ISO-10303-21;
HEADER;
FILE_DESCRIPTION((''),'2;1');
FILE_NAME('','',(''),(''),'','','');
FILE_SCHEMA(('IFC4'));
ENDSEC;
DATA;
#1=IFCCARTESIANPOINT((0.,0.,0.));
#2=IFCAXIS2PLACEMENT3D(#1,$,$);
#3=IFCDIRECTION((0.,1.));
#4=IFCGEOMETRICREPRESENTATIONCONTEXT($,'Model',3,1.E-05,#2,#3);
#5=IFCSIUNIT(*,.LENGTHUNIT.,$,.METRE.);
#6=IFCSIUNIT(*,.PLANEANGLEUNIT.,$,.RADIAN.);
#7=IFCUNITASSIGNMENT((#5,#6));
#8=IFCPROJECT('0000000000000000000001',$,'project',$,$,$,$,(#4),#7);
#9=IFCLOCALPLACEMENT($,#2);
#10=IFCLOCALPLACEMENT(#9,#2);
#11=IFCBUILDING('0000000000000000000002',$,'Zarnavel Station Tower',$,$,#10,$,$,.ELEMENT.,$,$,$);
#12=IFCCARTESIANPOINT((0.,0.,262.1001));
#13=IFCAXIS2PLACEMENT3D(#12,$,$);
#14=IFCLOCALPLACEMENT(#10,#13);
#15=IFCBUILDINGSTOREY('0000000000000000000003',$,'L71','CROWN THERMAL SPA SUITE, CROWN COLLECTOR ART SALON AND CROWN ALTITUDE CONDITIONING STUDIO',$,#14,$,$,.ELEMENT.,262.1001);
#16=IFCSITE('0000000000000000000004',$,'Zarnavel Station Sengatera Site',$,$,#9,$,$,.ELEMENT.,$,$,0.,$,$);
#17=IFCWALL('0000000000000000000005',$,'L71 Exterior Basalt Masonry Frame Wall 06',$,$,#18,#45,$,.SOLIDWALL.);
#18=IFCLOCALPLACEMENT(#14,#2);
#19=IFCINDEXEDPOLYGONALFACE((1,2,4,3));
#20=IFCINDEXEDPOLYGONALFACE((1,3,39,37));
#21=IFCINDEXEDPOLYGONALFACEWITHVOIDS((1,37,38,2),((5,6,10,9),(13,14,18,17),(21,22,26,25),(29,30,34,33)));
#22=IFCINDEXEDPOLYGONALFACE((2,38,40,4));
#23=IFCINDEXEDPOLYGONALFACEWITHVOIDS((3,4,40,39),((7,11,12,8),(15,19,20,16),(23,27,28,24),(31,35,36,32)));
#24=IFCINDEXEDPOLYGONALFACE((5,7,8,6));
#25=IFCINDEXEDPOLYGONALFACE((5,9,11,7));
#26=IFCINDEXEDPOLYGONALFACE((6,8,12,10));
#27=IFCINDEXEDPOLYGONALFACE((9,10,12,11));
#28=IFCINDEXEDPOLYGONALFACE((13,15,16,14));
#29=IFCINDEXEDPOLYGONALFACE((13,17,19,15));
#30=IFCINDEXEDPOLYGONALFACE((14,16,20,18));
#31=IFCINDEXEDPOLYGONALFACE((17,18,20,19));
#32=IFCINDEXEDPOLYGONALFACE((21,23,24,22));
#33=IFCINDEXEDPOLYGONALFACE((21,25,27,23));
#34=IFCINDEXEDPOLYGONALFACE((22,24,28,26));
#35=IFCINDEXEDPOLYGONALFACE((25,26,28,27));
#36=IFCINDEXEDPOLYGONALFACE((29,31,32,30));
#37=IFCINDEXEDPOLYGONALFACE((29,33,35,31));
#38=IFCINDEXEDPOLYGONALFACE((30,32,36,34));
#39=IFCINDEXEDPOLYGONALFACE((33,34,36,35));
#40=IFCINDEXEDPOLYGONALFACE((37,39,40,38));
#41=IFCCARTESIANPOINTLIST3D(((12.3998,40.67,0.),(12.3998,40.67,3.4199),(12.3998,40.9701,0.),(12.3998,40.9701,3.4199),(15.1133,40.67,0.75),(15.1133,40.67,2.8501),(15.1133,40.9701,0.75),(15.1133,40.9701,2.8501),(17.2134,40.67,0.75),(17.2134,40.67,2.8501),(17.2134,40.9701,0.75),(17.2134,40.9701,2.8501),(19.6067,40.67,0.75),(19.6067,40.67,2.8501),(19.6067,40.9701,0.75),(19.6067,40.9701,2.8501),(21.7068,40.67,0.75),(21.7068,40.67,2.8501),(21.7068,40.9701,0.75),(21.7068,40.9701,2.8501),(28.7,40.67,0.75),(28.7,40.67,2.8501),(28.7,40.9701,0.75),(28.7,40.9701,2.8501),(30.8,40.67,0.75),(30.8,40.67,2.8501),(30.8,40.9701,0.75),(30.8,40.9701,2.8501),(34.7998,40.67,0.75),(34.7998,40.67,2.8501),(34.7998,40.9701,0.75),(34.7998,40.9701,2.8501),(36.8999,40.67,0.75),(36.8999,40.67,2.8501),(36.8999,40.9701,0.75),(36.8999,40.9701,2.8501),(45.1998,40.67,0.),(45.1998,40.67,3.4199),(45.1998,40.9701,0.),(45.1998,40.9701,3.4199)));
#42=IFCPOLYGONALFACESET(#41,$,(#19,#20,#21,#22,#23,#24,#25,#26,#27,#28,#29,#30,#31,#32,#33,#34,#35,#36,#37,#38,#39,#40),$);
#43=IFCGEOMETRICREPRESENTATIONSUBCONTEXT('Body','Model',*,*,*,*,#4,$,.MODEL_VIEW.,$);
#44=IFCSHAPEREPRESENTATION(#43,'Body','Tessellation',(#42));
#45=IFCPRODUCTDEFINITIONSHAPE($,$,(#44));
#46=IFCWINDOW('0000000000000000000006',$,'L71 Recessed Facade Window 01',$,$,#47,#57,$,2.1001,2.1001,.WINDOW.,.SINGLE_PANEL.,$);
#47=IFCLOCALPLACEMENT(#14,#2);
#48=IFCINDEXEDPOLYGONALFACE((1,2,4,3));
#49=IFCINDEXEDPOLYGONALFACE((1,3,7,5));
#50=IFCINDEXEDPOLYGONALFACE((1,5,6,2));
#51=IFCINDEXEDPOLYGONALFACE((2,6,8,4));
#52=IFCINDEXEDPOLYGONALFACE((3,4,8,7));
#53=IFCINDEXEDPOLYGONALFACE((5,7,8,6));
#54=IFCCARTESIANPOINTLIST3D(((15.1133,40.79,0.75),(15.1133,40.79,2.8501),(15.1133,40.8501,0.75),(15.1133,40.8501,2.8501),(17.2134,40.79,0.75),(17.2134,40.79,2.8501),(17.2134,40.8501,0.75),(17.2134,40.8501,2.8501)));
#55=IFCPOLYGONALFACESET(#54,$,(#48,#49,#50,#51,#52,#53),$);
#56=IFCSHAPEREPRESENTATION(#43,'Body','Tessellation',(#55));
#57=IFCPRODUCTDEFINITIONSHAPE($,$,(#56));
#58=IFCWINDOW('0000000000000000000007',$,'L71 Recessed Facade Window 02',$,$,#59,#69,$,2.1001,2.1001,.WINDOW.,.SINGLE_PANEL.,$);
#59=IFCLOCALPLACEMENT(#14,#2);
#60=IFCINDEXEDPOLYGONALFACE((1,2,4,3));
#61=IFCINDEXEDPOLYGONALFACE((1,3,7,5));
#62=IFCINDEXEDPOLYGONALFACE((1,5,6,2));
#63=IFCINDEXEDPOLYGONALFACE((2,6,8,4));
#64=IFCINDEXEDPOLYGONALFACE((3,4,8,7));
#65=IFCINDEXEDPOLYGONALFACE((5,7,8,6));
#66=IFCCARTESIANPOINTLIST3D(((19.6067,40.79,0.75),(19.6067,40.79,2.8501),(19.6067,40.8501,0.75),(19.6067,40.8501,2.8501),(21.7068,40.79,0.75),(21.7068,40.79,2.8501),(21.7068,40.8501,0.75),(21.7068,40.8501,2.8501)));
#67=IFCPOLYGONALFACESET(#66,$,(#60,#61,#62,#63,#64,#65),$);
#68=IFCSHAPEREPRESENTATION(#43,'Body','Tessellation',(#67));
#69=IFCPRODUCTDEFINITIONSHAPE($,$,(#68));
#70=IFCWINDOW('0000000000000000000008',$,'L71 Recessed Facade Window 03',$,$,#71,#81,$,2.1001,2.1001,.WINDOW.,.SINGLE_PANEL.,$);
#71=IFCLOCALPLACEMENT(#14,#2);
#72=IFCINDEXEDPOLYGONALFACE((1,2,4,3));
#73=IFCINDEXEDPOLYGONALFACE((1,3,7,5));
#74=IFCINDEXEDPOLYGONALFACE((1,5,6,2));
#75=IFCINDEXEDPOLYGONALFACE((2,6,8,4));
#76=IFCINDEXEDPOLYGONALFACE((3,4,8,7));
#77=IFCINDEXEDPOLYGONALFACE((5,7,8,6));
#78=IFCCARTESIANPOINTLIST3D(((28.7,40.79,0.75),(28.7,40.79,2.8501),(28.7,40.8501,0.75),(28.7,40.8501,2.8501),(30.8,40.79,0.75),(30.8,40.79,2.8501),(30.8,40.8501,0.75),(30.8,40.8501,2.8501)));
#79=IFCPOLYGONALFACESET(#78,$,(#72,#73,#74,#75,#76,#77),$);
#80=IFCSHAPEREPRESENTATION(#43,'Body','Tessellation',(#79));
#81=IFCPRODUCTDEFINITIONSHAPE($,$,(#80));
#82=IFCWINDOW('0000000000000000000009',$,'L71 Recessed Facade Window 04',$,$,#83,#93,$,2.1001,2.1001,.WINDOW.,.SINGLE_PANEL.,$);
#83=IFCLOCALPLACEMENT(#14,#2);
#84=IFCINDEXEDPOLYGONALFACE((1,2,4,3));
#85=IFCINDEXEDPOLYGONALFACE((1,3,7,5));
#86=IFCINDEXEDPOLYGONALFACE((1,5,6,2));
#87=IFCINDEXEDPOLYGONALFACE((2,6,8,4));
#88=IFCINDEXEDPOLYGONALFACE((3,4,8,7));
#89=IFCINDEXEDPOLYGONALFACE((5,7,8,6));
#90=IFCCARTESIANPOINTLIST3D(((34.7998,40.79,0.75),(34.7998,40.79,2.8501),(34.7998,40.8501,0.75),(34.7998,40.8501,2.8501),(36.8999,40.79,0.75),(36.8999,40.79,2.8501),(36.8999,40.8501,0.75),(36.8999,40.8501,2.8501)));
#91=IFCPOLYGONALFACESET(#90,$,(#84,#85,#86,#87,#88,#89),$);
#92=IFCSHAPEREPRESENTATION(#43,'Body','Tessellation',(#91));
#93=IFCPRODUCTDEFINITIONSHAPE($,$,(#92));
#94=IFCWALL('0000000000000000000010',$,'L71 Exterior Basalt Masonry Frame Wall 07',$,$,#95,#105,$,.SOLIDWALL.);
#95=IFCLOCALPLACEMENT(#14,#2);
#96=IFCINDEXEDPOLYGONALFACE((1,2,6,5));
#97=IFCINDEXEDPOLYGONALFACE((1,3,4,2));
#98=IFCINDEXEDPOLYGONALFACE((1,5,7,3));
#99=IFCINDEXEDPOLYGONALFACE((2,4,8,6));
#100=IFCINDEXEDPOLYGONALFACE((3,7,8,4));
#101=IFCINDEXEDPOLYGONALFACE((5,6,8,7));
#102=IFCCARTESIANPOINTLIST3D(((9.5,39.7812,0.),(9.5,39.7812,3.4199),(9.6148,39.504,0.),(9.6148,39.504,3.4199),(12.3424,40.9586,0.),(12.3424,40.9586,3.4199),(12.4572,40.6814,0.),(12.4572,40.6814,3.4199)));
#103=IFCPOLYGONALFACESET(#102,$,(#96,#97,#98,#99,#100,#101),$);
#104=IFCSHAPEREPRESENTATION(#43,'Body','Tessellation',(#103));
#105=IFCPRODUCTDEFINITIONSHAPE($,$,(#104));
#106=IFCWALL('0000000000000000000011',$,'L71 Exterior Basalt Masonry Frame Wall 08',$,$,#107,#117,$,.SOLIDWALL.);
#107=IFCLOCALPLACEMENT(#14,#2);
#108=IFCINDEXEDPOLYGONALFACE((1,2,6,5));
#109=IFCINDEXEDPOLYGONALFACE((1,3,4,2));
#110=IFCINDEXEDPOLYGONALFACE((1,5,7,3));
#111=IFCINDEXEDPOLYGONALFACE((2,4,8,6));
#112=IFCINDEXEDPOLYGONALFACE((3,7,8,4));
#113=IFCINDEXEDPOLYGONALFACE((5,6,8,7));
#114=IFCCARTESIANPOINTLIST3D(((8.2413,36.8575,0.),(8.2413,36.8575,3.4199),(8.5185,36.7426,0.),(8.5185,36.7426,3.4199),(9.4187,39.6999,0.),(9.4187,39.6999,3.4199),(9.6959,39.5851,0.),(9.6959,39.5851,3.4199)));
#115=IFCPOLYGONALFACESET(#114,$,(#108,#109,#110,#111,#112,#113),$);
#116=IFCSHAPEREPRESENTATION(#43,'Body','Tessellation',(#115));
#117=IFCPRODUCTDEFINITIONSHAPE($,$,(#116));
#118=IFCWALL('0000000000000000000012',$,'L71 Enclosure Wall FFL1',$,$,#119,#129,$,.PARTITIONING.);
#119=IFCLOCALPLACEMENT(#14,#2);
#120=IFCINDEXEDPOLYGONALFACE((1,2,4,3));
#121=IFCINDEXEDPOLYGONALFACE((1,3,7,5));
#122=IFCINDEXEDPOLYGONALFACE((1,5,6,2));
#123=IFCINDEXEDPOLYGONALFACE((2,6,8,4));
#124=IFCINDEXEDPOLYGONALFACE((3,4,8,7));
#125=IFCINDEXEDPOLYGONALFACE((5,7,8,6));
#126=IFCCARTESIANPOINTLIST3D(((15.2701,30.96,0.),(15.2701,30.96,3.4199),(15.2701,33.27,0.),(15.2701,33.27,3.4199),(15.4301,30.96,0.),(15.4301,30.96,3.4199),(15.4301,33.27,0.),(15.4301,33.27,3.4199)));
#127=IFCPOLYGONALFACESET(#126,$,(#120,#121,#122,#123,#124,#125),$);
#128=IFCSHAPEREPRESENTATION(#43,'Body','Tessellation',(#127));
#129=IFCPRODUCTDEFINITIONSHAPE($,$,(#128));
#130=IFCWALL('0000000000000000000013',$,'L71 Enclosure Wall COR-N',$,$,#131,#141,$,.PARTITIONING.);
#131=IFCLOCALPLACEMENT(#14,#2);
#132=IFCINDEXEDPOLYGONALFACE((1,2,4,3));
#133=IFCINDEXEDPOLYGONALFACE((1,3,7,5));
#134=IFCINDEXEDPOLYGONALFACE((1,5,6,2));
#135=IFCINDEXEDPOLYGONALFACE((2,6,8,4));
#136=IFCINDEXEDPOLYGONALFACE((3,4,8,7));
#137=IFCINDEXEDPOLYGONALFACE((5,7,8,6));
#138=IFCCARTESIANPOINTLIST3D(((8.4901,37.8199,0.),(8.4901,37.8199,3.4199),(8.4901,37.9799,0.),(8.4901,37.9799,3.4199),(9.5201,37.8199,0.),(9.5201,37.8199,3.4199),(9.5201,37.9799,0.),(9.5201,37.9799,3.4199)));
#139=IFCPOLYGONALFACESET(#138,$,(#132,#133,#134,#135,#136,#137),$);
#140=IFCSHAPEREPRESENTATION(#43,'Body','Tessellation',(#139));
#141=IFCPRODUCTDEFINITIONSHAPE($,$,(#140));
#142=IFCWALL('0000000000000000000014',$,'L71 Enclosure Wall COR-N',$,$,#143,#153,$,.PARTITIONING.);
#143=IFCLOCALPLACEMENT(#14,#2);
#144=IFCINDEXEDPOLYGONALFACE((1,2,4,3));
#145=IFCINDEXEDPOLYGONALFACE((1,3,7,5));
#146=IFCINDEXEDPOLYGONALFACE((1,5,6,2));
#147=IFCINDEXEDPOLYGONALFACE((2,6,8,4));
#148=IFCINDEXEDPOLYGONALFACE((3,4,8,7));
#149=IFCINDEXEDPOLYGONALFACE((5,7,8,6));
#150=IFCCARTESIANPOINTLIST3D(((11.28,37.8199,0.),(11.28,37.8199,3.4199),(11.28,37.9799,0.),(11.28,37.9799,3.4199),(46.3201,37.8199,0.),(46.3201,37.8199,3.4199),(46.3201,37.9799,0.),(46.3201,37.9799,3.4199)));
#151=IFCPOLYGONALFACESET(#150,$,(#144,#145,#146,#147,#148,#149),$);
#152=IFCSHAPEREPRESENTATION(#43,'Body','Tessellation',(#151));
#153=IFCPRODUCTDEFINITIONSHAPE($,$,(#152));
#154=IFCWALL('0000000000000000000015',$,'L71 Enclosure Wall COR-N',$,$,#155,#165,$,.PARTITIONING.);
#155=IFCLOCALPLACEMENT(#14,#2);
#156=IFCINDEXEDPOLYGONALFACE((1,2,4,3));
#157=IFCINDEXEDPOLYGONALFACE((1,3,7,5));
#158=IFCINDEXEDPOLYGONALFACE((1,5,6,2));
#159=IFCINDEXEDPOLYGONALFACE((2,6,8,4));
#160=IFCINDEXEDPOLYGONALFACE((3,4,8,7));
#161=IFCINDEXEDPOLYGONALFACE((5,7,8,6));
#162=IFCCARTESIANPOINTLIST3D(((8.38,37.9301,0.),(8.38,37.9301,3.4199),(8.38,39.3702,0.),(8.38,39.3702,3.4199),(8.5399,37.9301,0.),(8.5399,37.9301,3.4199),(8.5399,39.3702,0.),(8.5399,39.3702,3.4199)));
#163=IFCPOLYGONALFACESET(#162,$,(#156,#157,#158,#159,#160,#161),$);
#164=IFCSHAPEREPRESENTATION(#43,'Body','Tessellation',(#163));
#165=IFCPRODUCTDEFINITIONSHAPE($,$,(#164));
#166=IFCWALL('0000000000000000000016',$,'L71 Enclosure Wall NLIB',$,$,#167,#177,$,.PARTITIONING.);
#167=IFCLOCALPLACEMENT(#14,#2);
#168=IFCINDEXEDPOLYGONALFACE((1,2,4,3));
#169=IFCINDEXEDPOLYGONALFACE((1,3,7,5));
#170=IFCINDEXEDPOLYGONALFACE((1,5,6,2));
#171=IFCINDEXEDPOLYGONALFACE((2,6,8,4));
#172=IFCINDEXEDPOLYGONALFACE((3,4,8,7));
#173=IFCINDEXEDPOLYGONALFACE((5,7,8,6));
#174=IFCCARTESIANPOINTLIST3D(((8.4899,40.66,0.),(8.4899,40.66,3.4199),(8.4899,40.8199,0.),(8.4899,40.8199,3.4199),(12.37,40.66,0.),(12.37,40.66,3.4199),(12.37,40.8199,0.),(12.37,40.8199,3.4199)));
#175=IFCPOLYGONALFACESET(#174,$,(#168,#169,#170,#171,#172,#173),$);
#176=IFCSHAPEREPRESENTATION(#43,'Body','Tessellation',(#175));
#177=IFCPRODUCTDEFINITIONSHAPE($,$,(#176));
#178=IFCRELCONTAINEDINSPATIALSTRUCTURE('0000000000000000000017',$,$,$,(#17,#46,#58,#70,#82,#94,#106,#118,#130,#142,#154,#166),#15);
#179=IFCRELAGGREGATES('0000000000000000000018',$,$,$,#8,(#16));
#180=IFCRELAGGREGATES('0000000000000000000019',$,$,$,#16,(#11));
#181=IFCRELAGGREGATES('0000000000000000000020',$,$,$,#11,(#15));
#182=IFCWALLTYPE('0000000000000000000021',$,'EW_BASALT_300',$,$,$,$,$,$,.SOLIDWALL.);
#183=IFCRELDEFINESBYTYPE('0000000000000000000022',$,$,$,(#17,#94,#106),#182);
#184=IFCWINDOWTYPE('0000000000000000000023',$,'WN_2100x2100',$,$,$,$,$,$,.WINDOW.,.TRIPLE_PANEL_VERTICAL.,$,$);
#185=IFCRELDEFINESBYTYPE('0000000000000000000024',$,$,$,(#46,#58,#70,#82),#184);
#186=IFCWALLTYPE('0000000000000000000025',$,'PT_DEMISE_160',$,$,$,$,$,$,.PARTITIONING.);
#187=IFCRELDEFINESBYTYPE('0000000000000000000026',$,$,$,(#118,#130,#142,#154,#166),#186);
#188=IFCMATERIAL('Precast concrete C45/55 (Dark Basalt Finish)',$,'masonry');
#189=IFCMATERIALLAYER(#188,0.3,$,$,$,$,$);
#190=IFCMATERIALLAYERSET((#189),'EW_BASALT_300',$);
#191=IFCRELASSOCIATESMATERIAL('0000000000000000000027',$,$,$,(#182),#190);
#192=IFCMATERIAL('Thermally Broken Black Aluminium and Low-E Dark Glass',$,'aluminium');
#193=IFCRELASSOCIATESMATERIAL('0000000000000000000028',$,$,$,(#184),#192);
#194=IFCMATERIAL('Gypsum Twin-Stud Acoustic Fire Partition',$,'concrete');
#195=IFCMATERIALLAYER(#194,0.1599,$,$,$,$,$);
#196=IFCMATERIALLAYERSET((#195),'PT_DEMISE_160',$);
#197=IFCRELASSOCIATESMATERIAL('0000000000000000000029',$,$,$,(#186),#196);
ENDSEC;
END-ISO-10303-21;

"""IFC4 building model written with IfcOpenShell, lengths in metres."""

from ifc_helpers import new_model, si_unit, direction, frame, frame_2d, origin, place, context, subcontext, project, spatial, rectangle, extrude, material, layer, layer_set, type_object, element, fill, save


model = new_model("IFC4")

# Units and contexts
model_context = context("Model", 3, precision=1e-05, world=origin(), true_north=direction((0.0, 1.0)))
body_context = subcontext(model_context, "Body", "Model", "MODEL_VIEW")
ifc_project = project(units=[si_unit("LENGTHUNIT", "METRE"), si_unit("PLANEANGLEUNIT", "RADIAN")], contexts=[model_context])

# Site, building, storey
site_placement = place(None, origin())
site = spatial("IfcSite", under=ifc_project, at=site_placement, Name="Zarnavel Station Sengatera Site", CompositionType="ELEMENT", RefElevation=0.0)
building_placement = place(site_placement, origin())
building = spatial("IfcBuilding", under=site, at=building_placement, Name="Zarnavel Station Tower", CompositionType="ELEMENT")
storey_placement = place(building_placement, frame((0.0, 0.0, 262.1001)))
storey = spatial("IfcBuildingStorey", under=building, at=storey_placement, Name="L71", Description="CROWN THERMAL SPA SUITE, CROWN COLLECTOR ART SALON AND CROWN ALTITUDE CONDITIONING STUDIO", CompositionType="ELEMENT", Elevation=262.1001)

# Wall, openings, windows
ifc_material_1 = material(Name="Precast concrete C45/55 (Dark Basalt Finish)", Category="masonry")
ifc_layer_1 = layer(ifc_material_1, 0.3)
ifc_layer_set_1 = layer_set([ifc_layer_1], Name="EW_BASALT_300")
wall_type_1 = type_object("IfcWallType", Name="EW_BASALT_300", PredefinedType="SOLIDWALL", material=ifc_layer_set_1)
wall_1_placement = place(storey_placement, frame((12.3999, 40.8201, 0.0), z_axis=(0.0, 0.0, 1.0), x_axis=(1.0, 0.0, 0.0)))
wall_1 = element("IfcWall", 1, at=wall_1_placement, inside=storey, type_object=wall_type_1, Name="L71 Exterior Basalt Masonry Frame Wall 06", PredefinedType="SOLIDWALL", context=body_context, shape_type="SweptSolid", body=[
    extrude(rectangle(XDim=32.8, YDim=0.3, at=frame_2d((16.3999, 0.0))), origin(), (0.0, 0.0, 1.0), 3.4199),
])
opening_1_placement = place(wall_1_placement, frame((2.7134, 0.0, 0.75)))
opening_1 = element("IfcOpeningElement", 2, at=opening_1_placement, cuts=wall_1, PredefinedType="OPENING", context=body_context, shape_type="SweptSolid", body=[
    extrude(rectangle(XDim=2.1001, YDim=2.1001, at=frame_2d((1.05, 1.05))), frame((0.0, 0.1599, 0.0), z_axis=(0.0, -1.0, 0.0), x_axis=(1.0, 0.0, 0.0)), (0.0, 0.0, 1.0), 0.3201),
])
opening_2_placement = place(wall_1_placement, frame((7.2068, 0.0, 0.75)))
opening_2 = element("IfcOpeningElement", 3, at=opening_2_placement, cuts=wall_1, PredefinedType="OPENING", context=body_context, shape_type="SweptSolid", body=[
    extrude(rectangle(XDim=2.1001, YDim=2.1001, at=frame_2d((1.05, 1.05))), frame((0.0, 0.1599, 0.0), z_axis=(0.0, -1.0, 0.0), x_axis=(1.0, 0.0, 0.0)), (0.0, 0.0, 1.0), 0.3201),
])
opening_3_placement = place(wall_1_placement, frame((16.3, 0.0, 0.75)))
opening_3 = element("IfcOpeningElement", 4, at=opening_3_placement, cuts=wall_1, PredefinedType="OPENING", context=body_context, shape_type="SweptSolid", body=[
    extrude(rectangle(XDim=2.1001, YDim=2.1001, at=frame_2d((1.05, 1.05))), frame((0.0, 0.1599, 0.0), z_axis=(0.0, -1.0, 0.0), x_axis=(1.0, 0.0, 0.0)), (0.0, 0.0, 1.0), 0.3201),
])
opening_4_placement = place(wall_1_placement, frame((22.3999, 0.0, 0.75)))
opening_4 = element("IfcOpeningElement", 5, at=opening_4_placement, cuts=wall_1, PredefinedType="OPENING", context=body_context, shape_type="SweptSolid", body=[
    extrude(rectangle(XDim=2.1001, YDim=2.1001, at=frame_2d((1.05, 1.05))), frame((0.0, 0.1599, 0.0), z_axis=(0.0, -1.0, 0.0), x_axis=(1.0, 0.0, 0.0)), (0.0, 0.0, 1.0), 0.3201),
])
ifc_material_2 = material(Name="Thermally Broken Black Aluminium and Low-E Dark Glass", Category="aluminium")
window_type = type_object("IfcWindowType", Name="WN_2100x2100", PartitioningType="TRIPLE_PANEL_VERTICAL", PredefinedType="WINDOW", material=ifc_material_2)
window_1_placement = place(opening_1_placement, origin())
window_1 = element("IfcWindow", 6, at=window_1_placement, inside=storey, type_object=window_type, Name="L71 Recessed Facade Window 01", OverallHeight=2.1001, OverallWidth=2.1001, PartitioningType="SINGLE_PANEL", PredefinedType="WINDOW", context=body_context, shape_type="SweptSolid", body=[
    extrude(rectangle(XDim=2.1001, YDim=2.1001, at=frame_2d((1.05, 1.05))), frame((0.0, 0.03, 0.0), z_axis=(0.0, -1.0, 0.0), x_axis=(1.0, 0.0, 0.0)), (0.0, 0.0, 1.0), 0.0601),
])
fill(opening_1, window_1)
window_2_placement = place(opening_2_placement, origin())
window_2 = element("IfcWindow", 7, at=window_2_placement, inside=storey, type_object=window_type, Name="L71 Recessed Facade Window 02", OverallHeight=2.1001, OverallWidth=2.1001, PartitioningType="SINGLE_PANEL", PredefinedType="WINDOW", context=body_context, shape_type="SweptSolid", body=[
    extrude(rectangle(XDim=2.1001, YDim=2.1001, at=frame_2d((1.05, 1.05))), frame((0.0, 0.03, 0.0), z_axis=(0.0, -1.0, 0.0), x_axis=(1.0, 0.0, 0.0)), (0.0, 0.0, 1.0), 0.0601),
])
fill(opening_2, window_2)
window_3_placement = place(opening_3_placement, origin())
window_3 = element("IfcWindow", 8, at=window_3_placement, inside=storey, type_object=window_type, Name="L71 Recessed Facade Window 03", OverallHeight=2.1001, OverallWidth=2.1001, PartitioningType="SINGLE_PANEL", PredefinedType="WINDOW", context=body_context, shape_type="SweptSolid", body=[
    extrude(rectangle(XDim=2.1001, YDim=2.1001, at=frame_2d((1.05, 1.05))), frame((0.0, 0.03, 0.0), z_axis=(0.0, -1.0, 0.0), x_axis=(1.0, 0.0, 0.0)), (0.0, 0.0, 1.0), 0.0601),
])
fill(opening_3, window_3)
window_4_placement = place(opening_4_placement, origin())
window_4 = element("IfcWindow", 9, at=window_4_placement, inside=storey, type_object=window_type, Name="L71 Recessed Facade Window 04", OverallHeight=2.1001, OverallWidth=2.1001, PartitioningType="SINGLE_PANEL", PredefinedType="WINDOW", context=body_context, shape_type="SweptSolid", body=[
    extrude(rectangle(XDim=2.1001, YDim=2.1001, at=frame_2d((1.05, 1.05))), frame((0.0, 0.03, 0.0), z_axis=(0.0, -1.0, 0.0), x_axis=(1.0, 0.0, 0.0)), (0.0, 0.0, 1.0), 0.0601),
])
fill(opening_4, window_4)

# Walls
for number, where, z_axis, x_axis, name in (
    (10, (9.5574, 39.6426, 0.0), (0.0, 0.0, 1.0), (0.923871, 0.382705, 0.0), "L71 Exterior Basalt Masonry Frame Wall 07"),
    (11, (8.3799, 36.8, 0.0), (0.0, 0.0, 1.0), (0.382705, 0.923871, 0.0), "L71 Exterior Basalt Masonry Frame Wall 08"),
):
    element("IfcWall", number, at=place(storey_placement, frame(where, z_axis=z_axis, x_axis=x_axis)), inside=storey, type_object=wall_type_1, Name=name, PredefinedType="SOLIDWALL", context=body_context, shape_type="SweptSolid", body=[
        extrude(rectangle(XDim=3.0767, YDim=0.3, at=frame_2d((1.5383, 0.0))), origin(), (0.0, 0.0, 1.0), 3.4199),
    ])
ifc_material_3 = material(Name="Gypsum Twin-Stud Acoustic Fire Partition", Category="concrete")
ifc_layer_2 = layer(ifc_material_3, 0.1599)
ifc_layer_set_2 = layer_set([ifc_layer_2], Name="PT_DEMISE_160")
wall_type_2 = type_object("IfcWallType", Name="PT_DEMISE_160", PredefinedType="PARTITIONING", material=ifc_layer_set_2)
wall_2_placement = place(storey_placement, frame((15.3501, 30.96, 0.0), z_axis=(0.0, 0.0, 1.0), x_axis=(0.0, 1.0, 0.0)))
element("IfcWall", 12, at=wall_2_placement, inside=storey, type_object=wall_type_2, Name="L71 Enclosure Wall FFL1", PredefinedType="PARTITIONING", context=body_context, shape_type="SweptSolid", body=[
    extrude(rectangle(XDim=2.3101, YDim=0.1599, at=frame_2d((1.155, 0.0))), origin(), (0.0, 0.0, 1.0), 3.4199),
])
wall_3_placement = place(storey_placement, frame((8.49, 37.8999, 0.0), z_axis=(0.0, 0.0, 1.0), x_axis=(1.0, 0.0, 0.0)))
element("IfcWall", 13, at=wall_3_placement, inside=storey, type_object=wall_type_2, Name="L71 Enclosure Wall COR-N", PredefinedType="PARTITIONING", context=body_context, shape_type="SweptSolid", body=[
    extrude(rectangle(XDim=1.03, YDim=0.1599, at=frame_2d((0.5151, 0.0))), origin(), (0.0, 0.0, 1.0), 3.4199),
])
wall_4_placement = place(storey_placement, frame((11.28, 37.8999, 0.0), z_axis=(0.0, 0.0, 1.0), x_axis=(1.0, 0.0, 0.0)))
element("IfcWall", 14, at=wall_4_placement, inside=storey, type_object=wall_type_2, Name="L71 Enclosure Wall COR-N", PredefinedType="PARTITIONING", context=body_context, shape_type="SweptSolid", body=[
    extrude(rectangle(XDim=35.04, YDim=0.1599, at=frame_2d((17.52, 0.0))), origin(), (0.0, 0.0, 1.0), 3.4199),
])
wall_5_placement = place(storey_placement, frame((8.46, 37.9299, 0.0), z_axis=(0.0, 0.0, 1.0), x_axis=(0.0, 1.0, 0.0)))
element("IfcWall", 15, at=wall_5_placement, inside=storey, type_object=wall_type_2, Name="L71 Enclosure Wall COR-N", PredefinedType="PARTITIONING", context=body_context, shape_type="SweptSolid", body=[
    extrude(rectangle(XDim=1.4402, YDim=0.1599, at=frame_2d((0.7202, 0.0))), origin(), (0.0, 0.0, 1.0), 3.4199),
])
wall_6_placement = place(storey_placement, frame((8.49, 40.74, 0.0), z_axis=(0.0, 0.0, 1.0), x_axis=(1.0, 0.0, 0.0)))
element("IfcWall", 16, at=wall_6_placement, inside=storey, type_object=wall_type_2, Name="L71 Enclosure Wall NLIB", PredefinedType="PARTITIONING", context=body_context, shape_type="SweptSolid", body=[
    extrude(rectangle(XDim=3.8801, YDim=0.1599, at=frame_2d((1.9399, 0.0))), origin(), (0.0, 0.0, 1.0), 3.4199),
])

save(model, "model.ifc")
